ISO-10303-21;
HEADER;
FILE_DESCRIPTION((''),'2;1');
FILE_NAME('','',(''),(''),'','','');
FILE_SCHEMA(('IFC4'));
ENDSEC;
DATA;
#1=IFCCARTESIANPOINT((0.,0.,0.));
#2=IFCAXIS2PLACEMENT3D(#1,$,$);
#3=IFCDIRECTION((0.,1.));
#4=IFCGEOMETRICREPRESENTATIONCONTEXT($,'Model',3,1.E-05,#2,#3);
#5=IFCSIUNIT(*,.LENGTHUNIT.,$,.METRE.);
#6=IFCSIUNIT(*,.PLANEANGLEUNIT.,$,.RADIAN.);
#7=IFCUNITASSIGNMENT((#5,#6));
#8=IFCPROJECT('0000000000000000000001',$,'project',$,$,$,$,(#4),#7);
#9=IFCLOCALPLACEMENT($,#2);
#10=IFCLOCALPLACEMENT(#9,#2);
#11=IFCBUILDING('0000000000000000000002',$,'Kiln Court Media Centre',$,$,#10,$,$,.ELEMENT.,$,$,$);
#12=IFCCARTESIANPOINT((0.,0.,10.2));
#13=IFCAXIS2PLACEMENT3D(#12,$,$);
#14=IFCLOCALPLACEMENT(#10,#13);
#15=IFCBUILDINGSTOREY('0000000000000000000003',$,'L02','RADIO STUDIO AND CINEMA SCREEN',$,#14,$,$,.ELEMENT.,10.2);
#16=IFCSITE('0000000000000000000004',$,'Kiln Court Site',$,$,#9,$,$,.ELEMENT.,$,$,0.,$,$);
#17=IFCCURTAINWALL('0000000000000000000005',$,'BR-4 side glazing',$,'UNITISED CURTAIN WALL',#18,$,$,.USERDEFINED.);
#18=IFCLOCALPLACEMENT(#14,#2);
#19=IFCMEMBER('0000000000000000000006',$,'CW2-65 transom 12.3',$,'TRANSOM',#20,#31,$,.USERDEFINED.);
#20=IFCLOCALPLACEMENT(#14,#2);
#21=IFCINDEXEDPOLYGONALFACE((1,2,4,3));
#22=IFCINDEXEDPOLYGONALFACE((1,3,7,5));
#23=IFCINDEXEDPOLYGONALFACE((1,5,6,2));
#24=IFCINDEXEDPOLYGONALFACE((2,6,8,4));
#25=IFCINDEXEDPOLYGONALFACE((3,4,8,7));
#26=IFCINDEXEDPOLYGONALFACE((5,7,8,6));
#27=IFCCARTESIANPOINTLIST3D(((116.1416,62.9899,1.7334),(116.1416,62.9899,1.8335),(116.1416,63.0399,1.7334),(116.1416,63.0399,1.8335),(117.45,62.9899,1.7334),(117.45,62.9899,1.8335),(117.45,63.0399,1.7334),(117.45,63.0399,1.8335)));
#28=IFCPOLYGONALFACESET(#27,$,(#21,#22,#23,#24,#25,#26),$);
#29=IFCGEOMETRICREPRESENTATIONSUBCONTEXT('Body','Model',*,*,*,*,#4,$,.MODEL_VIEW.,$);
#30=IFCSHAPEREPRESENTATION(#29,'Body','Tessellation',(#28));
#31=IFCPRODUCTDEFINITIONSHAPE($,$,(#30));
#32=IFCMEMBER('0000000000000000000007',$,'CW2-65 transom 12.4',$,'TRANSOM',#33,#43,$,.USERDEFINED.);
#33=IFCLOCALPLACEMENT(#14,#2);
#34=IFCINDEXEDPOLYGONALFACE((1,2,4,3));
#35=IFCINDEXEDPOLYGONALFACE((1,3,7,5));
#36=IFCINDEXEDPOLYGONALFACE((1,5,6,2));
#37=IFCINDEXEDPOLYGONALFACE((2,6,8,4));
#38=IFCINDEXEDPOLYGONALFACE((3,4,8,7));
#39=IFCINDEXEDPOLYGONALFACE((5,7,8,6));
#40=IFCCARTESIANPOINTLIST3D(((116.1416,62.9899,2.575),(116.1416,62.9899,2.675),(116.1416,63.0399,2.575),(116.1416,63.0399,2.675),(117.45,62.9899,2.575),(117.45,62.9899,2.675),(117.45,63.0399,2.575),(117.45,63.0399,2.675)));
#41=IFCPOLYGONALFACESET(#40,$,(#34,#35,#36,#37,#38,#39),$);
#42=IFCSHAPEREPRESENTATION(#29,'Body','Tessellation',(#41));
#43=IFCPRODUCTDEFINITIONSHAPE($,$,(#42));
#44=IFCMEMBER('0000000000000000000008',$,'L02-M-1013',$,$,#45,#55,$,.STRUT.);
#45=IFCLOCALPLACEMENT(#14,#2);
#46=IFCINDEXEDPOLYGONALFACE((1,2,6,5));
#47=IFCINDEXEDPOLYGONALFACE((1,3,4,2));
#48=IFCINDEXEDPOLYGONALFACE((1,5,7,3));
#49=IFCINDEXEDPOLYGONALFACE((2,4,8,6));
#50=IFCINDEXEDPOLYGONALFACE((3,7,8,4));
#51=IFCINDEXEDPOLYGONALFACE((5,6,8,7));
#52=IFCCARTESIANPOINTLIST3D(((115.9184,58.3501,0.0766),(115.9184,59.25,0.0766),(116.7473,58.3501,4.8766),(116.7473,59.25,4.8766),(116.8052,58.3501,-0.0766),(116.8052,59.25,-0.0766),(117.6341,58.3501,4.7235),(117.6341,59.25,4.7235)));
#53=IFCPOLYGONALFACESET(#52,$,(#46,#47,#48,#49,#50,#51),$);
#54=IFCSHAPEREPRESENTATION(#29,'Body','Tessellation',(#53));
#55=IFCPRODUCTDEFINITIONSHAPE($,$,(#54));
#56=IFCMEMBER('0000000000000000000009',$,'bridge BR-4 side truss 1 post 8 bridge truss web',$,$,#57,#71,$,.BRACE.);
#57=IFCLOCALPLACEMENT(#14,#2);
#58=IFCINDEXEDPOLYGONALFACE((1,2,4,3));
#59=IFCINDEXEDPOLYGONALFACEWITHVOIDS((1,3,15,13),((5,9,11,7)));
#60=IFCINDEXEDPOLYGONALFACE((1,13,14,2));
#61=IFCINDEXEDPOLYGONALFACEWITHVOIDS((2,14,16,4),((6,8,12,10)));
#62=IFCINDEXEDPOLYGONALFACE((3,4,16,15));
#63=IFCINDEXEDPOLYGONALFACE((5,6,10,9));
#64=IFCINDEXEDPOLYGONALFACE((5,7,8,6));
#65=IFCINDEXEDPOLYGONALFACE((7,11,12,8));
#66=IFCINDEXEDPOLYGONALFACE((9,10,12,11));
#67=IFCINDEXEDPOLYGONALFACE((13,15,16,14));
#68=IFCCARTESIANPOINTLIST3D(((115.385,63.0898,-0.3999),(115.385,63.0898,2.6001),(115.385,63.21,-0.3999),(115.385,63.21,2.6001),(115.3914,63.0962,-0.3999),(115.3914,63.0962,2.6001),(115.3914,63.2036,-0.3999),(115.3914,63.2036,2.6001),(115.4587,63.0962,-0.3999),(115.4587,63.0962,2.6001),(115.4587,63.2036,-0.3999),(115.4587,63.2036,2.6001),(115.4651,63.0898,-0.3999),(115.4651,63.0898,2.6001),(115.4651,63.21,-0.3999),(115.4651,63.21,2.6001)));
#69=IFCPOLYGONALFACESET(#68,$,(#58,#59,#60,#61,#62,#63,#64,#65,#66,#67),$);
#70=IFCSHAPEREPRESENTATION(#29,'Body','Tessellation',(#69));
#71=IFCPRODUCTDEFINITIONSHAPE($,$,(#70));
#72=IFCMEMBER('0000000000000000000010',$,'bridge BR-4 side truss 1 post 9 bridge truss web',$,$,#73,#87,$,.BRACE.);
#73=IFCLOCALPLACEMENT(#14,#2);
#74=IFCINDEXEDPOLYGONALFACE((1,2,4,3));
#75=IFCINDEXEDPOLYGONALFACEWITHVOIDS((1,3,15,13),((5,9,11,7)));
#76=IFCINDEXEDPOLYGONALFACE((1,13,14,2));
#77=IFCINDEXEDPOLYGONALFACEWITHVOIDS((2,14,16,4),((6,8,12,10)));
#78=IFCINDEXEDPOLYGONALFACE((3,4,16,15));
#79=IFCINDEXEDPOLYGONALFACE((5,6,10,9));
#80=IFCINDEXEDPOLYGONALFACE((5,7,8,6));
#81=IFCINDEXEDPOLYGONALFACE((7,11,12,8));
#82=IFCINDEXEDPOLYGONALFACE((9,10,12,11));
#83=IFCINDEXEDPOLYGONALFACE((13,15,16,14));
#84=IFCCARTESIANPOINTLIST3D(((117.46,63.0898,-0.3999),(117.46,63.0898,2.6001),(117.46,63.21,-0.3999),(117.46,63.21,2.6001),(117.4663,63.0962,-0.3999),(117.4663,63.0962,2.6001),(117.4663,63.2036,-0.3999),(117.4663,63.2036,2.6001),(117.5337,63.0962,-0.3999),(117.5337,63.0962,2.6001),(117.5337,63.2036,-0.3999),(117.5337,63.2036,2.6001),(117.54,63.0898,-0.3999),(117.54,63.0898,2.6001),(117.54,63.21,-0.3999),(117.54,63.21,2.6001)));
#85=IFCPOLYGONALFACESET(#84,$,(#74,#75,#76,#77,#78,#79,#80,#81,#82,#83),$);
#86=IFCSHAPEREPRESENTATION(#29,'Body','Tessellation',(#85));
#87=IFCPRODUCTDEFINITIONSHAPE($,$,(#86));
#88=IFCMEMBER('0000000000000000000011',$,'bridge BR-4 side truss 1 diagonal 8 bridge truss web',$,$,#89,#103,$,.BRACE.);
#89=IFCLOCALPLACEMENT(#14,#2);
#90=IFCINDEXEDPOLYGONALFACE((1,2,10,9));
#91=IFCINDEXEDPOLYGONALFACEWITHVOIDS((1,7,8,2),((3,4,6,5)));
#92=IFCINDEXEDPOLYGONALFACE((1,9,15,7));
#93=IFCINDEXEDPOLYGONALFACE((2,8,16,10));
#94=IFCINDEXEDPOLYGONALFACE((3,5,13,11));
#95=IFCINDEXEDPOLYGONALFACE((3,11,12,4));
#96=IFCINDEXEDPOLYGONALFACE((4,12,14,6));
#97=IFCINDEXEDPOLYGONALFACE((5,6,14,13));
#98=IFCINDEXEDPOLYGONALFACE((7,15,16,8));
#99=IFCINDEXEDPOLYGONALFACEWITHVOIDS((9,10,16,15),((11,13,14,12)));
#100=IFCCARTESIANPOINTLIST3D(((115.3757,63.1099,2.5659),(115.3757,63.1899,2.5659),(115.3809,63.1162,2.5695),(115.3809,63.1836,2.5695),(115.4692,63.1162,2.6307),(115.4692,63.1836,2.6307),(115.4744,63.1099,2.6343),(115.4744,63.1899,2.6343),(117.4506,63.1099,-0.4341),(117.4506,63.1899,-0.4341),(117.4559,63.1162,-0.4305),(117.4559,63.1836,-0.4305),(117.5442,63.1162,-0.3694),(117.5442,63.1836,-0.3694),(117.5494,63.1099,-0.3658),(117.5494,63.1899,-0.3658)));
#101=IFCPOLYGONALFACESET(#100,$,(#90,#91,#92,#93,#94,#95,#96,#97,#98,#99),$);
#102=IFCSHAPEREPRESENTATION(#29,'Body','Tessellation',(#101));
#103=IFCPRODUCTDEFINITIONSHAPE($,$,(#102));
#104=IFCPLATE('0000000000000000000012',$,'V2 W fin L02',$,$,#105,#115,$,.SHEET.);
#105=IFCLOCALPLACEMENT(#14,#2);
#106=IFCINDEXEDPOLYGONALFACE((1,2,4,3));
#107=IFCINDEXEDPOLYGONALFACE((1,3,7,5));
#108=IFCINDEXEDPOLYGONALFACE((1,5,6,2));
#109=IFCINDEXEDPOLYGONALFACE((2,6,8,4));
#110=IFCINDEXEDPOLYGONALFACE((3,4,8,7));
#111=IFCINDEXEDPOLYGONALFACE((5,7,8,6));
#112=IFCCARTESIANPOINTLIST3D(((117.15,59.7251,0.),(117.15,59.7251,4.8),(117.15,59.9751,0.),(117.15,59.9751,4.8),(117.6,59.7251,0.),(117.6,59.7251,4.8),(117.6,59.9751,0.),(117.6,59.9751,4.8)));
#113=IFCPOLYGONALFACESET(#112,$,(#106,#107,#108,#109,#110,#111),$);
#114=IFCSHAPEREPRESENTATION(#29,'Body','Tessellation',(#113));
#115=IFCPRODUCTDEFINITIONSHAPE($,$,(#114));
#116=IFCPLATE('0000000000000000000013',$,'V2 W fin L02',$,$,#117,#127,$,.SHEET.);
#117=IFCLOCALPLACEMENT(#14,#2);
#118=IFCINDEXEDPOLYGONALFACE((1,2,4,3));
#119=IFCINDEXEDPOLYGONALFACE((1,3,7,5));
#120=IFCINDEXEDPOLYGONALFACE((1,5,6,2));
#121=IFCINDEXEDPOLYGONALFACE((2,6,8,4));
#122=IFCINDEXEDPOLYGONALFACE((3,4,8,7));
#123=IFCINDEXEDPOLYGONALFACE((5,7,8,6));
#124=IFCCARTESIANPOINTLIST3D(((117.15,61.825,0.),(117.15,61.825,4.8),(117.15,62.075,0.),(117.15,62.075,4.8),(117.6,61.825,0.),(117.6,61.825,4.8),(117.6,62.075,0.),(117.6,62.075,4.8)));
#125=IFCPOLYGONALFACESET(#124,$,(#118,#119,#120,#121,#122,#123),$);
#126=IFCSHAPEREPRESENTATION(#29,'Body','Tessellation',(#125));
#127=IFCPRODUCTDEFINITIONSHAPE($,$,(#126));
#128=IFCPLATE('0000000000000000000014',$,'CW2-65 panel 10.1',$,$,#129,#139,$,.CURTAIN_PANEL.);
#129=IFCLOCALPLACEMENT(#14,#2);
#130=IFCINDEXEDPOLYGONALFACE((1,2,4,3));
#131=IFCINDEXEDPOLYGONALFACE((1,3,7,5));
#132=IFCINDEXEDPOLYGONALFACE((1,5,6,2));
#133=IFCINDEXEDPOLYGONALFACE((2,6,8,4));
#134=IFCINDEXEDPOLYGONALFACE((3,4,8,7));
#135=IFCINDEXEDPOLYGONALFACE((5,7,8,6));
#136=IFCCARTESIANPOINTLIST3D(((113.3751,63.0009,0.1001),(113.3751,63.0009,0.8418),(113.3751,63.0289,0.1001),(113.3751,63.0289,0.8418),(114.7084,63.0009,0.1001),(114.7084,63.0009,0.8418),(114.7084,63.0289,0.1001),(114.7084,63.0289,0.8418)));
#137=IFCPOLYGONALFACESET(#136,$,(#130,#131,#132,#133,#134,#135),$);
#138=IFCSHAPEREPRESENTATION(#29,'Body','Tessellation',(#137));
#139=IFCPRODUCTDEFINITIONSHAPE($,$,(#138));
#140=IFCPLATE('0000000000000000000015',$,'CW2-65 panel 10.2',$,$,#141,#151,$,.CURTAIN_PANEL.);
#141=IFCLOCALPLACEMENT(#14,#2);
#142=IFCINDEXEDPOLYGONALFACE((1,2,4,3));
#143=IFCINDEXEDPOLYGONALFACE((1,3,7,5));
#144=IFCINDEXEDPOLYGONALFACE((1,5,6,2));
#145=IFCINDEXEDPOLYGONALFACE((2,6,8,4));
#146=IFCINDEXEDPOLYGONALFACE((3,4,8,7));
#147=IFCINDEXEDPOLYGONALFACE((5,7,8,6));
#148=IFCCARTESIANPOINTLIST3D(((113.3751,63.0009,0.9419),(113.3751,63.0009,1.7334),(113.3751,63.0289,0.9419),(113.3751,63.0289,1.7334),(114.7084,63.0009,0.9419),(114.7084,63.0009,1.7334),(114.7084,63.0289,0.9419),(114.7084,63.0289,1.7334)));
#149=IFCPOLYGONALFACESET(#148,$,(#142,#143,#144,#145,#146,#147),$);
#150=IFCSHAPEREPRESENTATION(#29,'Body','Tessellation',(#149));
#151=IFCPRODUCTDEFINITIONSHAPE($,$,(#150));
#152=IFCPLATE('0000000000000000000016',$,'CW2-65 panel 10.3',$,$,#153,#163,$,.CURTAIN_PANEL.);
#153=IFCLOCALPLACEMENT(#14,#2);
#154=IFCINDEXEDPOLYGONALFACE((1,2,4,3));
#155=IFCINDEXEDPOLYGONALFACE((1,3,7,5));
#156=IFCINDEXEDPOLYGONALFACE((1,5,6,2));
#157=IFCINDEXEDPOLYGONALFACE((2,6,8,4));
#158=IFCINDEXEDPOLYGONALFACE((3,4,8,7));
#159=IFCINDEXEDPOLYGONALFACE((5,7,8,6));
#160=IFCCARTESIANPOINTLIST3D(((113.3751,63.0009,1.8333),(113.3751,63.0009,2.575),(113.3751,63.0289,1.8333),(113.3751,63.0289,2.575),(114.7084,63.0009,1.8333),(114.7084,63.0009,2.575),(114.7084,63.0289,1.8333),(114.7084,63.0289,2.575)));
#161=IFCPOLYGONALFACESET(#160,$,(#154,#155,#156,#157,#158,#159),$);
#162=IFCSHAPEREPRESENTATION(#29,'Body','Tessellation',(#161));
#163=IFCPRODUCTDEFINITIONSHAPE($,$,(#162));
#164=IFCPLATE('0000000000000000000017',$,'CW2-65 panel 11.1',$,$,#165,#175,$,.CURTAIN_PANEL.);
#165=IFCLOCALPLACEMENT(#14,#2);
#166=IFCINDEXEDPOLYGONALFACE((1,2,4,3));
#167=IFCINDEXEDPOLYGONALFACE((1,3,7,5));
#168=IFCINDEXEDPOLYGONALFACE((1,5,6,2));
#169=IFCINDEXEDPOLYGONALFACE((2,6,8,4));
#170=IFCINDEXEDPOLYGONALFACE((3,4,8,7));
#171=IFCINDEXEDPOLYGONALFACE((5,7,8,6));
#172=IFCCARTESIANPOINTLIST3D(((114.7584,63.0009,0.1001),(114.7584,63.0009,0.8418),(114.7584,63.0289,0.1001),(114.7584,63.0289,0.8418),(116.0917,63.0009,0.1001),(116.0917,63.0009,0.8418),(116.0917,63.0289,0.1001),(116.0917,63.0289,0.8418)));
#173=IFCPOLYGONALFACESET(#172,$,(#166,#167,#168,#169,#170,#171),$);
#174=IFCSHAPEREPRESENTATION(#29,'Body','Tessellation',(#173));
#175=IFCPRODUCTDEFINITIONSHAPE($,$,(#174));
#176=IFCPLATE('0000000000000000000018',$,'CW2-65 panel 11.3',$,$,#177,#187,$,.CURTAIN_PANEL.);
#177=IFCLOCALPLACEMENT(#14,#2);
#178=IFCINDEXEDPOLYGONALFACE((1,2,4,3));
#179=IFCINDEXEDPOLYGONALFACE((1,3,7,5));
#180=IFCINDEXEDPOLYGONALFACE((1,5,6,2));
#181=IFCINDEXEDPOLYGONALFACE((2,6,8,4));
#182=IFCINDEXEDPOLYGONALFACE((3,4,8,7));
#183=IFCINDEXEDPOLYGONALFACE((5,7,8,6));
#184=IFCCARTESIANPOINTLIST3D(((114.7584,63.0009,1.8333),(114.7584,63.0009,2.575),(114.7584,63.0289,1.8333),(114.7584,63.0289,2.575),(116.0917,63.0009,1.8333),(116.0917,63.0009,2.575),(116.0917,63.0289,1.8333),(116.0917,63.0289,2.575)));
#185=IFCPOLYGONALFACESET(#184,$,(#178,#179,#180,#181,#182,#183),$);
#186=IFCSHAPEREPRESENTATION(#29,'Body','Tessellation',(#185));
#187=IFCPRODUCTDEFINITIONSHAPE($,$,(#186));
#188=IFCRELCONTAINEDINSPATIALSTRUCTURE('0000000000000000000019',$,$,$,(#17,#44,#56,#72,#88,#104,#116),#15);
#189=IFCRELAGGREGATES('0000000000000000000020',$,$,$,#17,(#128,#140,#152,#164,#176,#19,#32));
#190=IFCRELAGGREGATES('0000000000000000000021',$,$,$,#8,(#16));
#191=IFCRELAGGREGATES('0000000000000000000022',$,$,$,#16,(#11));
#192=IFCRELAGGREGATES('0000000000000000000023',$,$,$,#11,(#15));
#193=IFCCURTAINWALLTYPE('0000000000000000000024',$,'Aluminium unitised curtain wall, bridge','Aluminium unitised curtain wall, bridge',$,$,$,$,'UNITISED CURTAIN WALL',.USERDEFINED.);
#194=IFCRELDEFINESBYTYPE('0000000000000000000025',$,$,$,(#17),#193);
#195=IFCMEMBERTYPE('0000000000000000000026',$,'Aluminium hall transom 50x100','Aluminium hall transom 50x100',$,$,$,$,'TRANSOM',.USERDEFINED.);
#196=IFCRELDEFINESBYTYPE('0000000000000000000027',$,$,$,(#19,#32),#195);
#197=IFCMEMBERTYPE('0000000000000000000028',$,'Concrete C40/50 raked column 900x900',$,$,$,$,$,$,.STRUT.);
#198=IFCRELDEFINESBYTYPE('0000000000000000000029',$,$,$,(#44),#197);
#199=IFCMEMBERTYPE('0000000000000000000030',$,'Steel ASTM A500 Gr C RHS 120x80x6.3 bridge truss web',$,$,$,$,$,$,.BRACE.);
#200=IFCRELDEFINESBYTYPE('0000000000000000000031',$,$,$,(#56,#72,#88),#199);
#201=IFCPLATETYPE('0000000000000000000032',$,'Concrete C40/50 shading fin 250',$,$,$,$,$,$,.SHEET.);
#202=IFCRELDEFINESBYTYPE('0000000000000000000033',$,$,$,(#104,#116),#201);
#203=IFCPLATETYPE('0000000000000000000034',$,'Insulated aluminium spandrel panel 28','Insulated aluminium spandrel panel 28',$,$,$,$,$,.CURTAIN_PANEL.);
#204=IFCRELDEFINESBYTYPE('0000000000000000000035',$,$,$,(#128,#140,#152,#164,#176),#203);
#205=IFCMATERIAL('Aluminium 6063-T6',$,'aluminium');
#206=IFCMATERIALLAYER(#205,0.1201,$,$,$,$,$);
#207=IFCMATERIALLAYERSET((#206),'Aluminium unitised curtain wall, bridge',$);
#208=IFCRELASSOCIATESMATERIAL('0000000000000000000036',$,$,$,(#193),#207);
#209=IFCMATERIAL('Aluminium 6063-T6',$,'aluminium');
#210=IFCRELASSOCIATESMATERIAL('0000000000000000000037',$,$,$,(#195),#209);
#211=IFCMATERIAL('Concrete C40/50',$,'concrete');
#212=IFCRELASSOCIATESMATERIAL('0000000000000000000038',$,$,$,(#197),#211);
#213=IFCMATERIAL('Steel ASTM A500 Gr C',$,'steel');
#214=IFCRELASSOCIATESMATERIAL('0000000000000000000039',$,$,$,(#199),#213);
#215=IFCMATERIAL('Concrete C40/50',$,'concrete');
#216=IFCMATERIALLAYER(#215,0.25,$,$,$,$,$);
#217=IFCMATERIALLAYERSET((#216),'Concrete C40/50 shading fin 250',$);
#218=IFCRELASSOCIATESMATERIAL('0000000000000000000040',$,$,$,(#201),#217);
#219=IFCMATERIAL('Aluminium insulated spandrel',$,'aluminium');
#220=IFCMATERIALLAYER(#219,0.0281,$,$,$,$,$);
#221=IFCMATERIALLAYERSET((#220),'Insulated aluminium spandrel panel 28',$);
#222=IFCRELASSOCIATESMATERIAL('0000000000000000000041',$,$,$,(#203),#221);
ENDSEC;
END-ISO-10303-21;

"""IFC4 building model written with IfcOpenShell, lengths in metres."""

from ifc_helpers import new_model, si_unit, direction, frame, origin, origin_2d, place, context, subcontext, project, spatial, rectangle, hollow_rectangle, extrude, material, layer, layer_set, material_profile, profile_set, type_object, element, aggregate, save


model = new_model("IFC4")

# Units and contexts
model_context = context("Model", 3, precision=1e-05, world=origin(), true_north=direction((0.0, 1.0)))
body_context = subcontext(model_context, "Body", "Model", "MODEL_VIEW")
ifc_project = project(units=[si_unit("LENGTHUNIT", "METRE"), si_unit("PLANEANGLEUNIT", "RADIAN")], contexts=[model_context])

# Site, building, storey
site_placement = place(None, origin())
site = spatial("IfcSite", under=ifc_project, at=site_placement, Name="Kiln Court Site", CompositionType="ELEMENT", RefElevation=0.0)
building_placement = place(site_placement, origin())
building = spatial("IfcBuilding", under=site, at=building_placement, Name="Kiln Court Media Centre", CompositionType="ELEMENT")
storey_placement = place(building_placement, frame((0.0, 0.0, 10.2)))
storey = spatial("IfcBuildingStorey", under=building, at=storey_placement, Name="L02", Description="RADIO STUDIO AND CINEMA SCREEN", CompositionType="ELEMENT", Elevation=10.2)

# Curtain wall, members
ifc_material_1 = material(Name="Aluminium 6063-T6", Category="aluminium")
ifc_layer_1 = layer(ifc_material_1, 0.1201)
ifc_layer_set_1 = layer_set([ifc_layer_1], Name="Aluminium unitised curtain wall, bridge")
curtain_wall_type = type_object("IfcCurtainWallType", Name="Aluminium unitised curtain wall, bridge", Description="Aluminium unitised curtain wall, bridge", ElementType="UNITISED CURTAIN WALL", PredefinedType="USERDEFINED", material=ifc_layer_set_1)
curtain_wall_placement = place(storey_placement, origin())
curtain_wall = element("IfcCurtainWall", 1, at=curtain_wall_placement, inside=storey, type_object=curtain_wall_type, Name="BR-4 side glazing", ObjectType="UNITISED CURTAIN WALL", PredefinedType="USERDEFINED")
ifc_material_2 = material(Name="Aluminium 6063-T6", Category="aluminium")
ifc_material_profile_1 = material_profile(ifc_material_2, rectangle(XDim=0.05, YDim=0.1001, at=origin_2d()), Name="Aluminium hall transom 50x100")
ifc_profile_set_1 = profile_set([ifc_material_profile_1], Name="Aluminium 6063-T6")
member_type_1 = type_object("IfcMemberType", Name="Aluminium hall transom 50x100", Description="Aluminium hall transom 50x100", ElementType="TRANSOM", PredefinedType="USERDEFINED", material=ifc_profile_set_1)
member_1_placement = place(storey_placement, frame((116.1416, 63.0149, 1.7834), z_axis=(1.0, 0.0, 0.0), x_axis=(0.0, 1.0, 0.0)))
member_1 = element("IfcMember", 2, at=member_1_placement, type_object=member_type_1, Name="CW2-65 transom 12.3", ObjectType="TRANSOM", PredefinedType="USERDEFINED", context=body_context, shape_type="SweptSolid", body=[
    extrude(rectangle(XDim=0.05, YDim=0.1001, at=origin_2d()), origin(), (0.0, 0.0, 1.0), 1.3083),
])
member_2_placement = place(storey_placement, frame((116.1416, 63.0149, 2.625), z_axis=(1.0, 0.0, 0.0), x_axis=(0.0, 1.0, 0.0)))
member_2 = element("IfcMember", 3, at=member_2_placement, type_object=member_type_1, Name="CW2-65 transom 12.4", ObjectType="TRANSOM", PredefinedType="USERDEFINED", context=body_context, shape_type="SweptSolid", body=[
    extrude(rectangle(XDim=0.05, YDim=0.1001, at=origin_2d()), origin(), (0.0, 0.0, 1.0), 1.3083),
])

# Members
ifc_material_3 = material(Name="Concrete C40/50", Category="concrete")
ifc_material_profile_2 = material_profile(ifc_material_3, rectangle(XDim=0.8999, YDim=0.8999, at=origin_2d()), Name="RC 900x900")
ifc_profile_set_2 = profile_set([ifc_material_profile_2], Name="Concrete C40/50")
member_type_2 = type_object("IfcMemberType", Name="Concrete C40/50 raked column 900x900", PredefinedType="STRUT", material=ifc_profile_set_2)
member_3_placement = place(storey_placement, frame((116.3618, 58.8, 0.0), z_axis=(0.170159, 0.0, 0.985417), x_axis=(0.0, 1.0, 0.0)))
element("IfcMember", 4, at=member_3_placement, inside=storey, type_object=member_type_2, Name="L02-M-1013", PredefinedType="STRUT", context=body_context, shape_type="SweptSolid", body=[
    extrude(rectangle(XDim=0.8999, YDim=0.8999, at=origin_2d()), origin(), (0.0, 0.0, 1.0), 4.8711),
])
ifc_material_4 = material(Name="Steel ASTM A500 Gr C", Category="steel")
ifc_material_profile_3 = material_profile(ifc_material_4, hollow_rectangle(XDim=0.0801, YDim=0.1201, WallThickness=0.0063, at=origin_2d()), Name="RHS 120x80x6.3")
ifc_profile_set_3 = profile_set([ifc_material_profile_3], Name="Steel ASTM A500 Gr C")
member_type_3 = type_object("IfcMemberType", Name="Steel ASTM A500 Gr C RHS 120x80x6.3 bridge truss web", PredefinedType="BRACE", material=ifc_profile_set_3)
for number, where, z_axis, x_axis, name in (
    (5, (115.425, 63.1499, -0.3999), (0.0, 0.0, 1.0), (1.0, 0.0, 0.0), "bridge BR-4 side truss 1 post 8 bridge truss web"),
    (6, (117.5, 63.1499, -0.3999), (0.0, 0.0, 1.0), (1.0, 0.0, 0.0), "bridge BR-4 side truss 1 post 9 bridge truss web"),
):
    element("IfcMember", number, at=place(storey_placement, frame(where, z_axis=z_axis, x_axis=x_axis)), inside=storey, type_object=member_type_3, Name=name, PredefinedType="BRACE", context=body_context, shape_type="SweptSolid", body=[
        extrude(hollow_rectangle(XDim=0.0801, YDim=0.1201, WallThickness=0.0063, at=origin_2d()), origin(), (0.0, 0.0, 1.0), 3.0),
    ])
member_4_placement = place(storey_placement, frame((115.425, 63.1499, 2.6001), z_axis=(0.568844, 0.0, -0.822445), x_axis=(0.0, 1.0, 0.0)))
element("IfcMember", 7, at=member_4_placement, inside=storey, type_object=member_type_3, Name="bridge BR-4 side truss 1 diagonal 8 bridge truss web", PredefinedType="BRACE", context=body_context, shape_type="SweptSolid", body=[
    extrude(hollow_rectangle(XDim=0.0801, YDim=0.1201, WallThickness=0.0063, at=origin_2d()), origin(), (0.0, 0.0, 1.0), 3.6477),
])

# Plates
ifc_material_5 = material(Name="Concrete C40/50", Category="concrete")
ifc_layer_2 = layer(ifc_material_5, 0.25)
ifc_layer_set_2 = layer_set([ifc_layer_2], Name="Concrete C40/50 shading fin 250")
plate_type_1 = type_object("IfcPlateType", Name="Concrete C40/50 shading fin 250", PredefinedType="SHEET", material=ifc_layer_set_2)
for number, where, z_axis, x_axis, name in (
    (8, (117.375, 59.8501, 0.0), (0.0, 0.0, 1.0), (1.0, 0.0, 0.0), "V2 W fin L02"),
    (9, (117.375, 61.95, 0.0), (0.0, 0.0, 1.0), (1.0, 0.0, 0.0), "V2 W fin L02"),
):
    element("IfcPlate", number, at=place(storey_placement, frame(where, z_axis=z_axis, x_axis=x_axis)), inside=storey, type_object=plate_type_1, Name=name, PredefinedType="SHEET", context=body_context, shape_type="SweptSolid", body=[
        extrude(rectangle(XDim=0.45, YDim=0.25, at=origin_2d()), origin(), (0.0, 0.0, 1.0), 4.8),
    ])

# Plates
ifc_material_6 = material(Name="Aluminium insulated spandrel", Category="aluminium")
ifc_layer_3 = layer(ifc_material_6, 0.0281)
ifc_layer_set_3 = layer_set([ifc_layer_3], Name="Insulated aluminium spandrel panel 28")
plate_type_2 = type_object("IfcPlateType", Name="Insulated aluminium spandrel panel 28", Description="Insulated aluminium spandrel panel 28", PredefinedType="CURTAIN_PANEL", material=ifc_layer_set_3)
plate_1_placement = place(storey_placement, frame((114.0417, 63.0149, 0.1001), z_axis=(0.0, 0.0, 1.0), x_axis=(1.0, 0.0, 0.0)))
plate_1 = element("IfcPlate", 10, at=plate_1_placement, type_object=plate_type_2, Name="CW2-65 panel 10.1", PredefinedType="CURTAIN_PANEL", context=body_context, shape_type="SweptSolid", body=[
    extrude(rectangle(XDim=1.3333, YDim=0.0281, at=origin_2d()), origin(), (0.0, 0.0, 1.0), 0.7417),
])
plate_2_placement = place(storey_placement, frame((114.0417, 63.0149, 0.9419), z_axis=(0.0, 0.0, 1.0), x_axis=(1.0, 0.0, 0.0)))
plate_2 = element("IfcPlate", 11, at=plate_2_placement, type_object=plate_type_2, Name="CW2-65 panel 10.2", PredefinedType="CURTAIN_PANEL", context=body_context, shape_type="SweptSolid", body=[
    extrude(rectangle(XDim=1.3333, YDim=0.0281, at=origin_2d()), origin(), (0.0, 0.0, 1.0), 0.7915),
])
plate_3_placement = place(storey_placement, frame((114.0417, 63.0149, 1.8333), z_axis=(0.0, 0.0, 1.0), x_axis=(1.0, 0.0, 0.0)))
plate_3 = element("IfcPlate", 12, at=plate_3_placement, type_object=plate_type_2, Name="CW2-65 panel 10.3", PredefinedType="CURTAIN_PANEL", context=body_context, shape_type="SweptSolid", body=[
    extrude(rectangle(XDim=1.3333, YDim=0.0281, at=origin_2d()), origin(), (0.0, 0.0, 1.0), 0.7417),
])
plate_4_placement = place(storey_placement, frame((115.425, 63.0149, 0.1001), z_axis=(0.0, 0.0, 1.0), x_axis=(1.0, 0.0, 0.0)))
plate_4 = element("IfcPlate", 13, at=plate_4_placement, type_object=plate_type_2, Name="CW2-65 panel 11.1", PredefinedType="CURTAIN_PANEL", context=body_context, shape_type="SweptSolid", body=[
    extrude(rectangle(XDim=1.3333, YDim=0.0281, at=origin_2d()), origin(), (0.0, 0.0, 1.0), 0.7417),
])
plate_5_placement = place(storey_placement, frame((115.425, 63.0149, 1.8333), z_axis=(0.0, 0.0, 1.0), x_axis=(1.0, 0.0, 0.0)))
plate_5 = element("IfcPlate", 14, at=plate_5_placement, type_object=plate_type_2, Name="CW2-65 panel 11.3", PredefinedType="CURTAIN_PANEL", context=body_context, shape_type="SweptSolid", body=[
    extrude(rectangle(XDim=1.3333, YDim=0.0281, at=origin_2d()), origin(), (0.0, 0.0, 1.0), 0.7417),
])
aggregate(curtain_wall, [plate_1, plate_2, plate_3, plate_4, plate_5, member_1, member_2])

save(model, "model.ifc")
